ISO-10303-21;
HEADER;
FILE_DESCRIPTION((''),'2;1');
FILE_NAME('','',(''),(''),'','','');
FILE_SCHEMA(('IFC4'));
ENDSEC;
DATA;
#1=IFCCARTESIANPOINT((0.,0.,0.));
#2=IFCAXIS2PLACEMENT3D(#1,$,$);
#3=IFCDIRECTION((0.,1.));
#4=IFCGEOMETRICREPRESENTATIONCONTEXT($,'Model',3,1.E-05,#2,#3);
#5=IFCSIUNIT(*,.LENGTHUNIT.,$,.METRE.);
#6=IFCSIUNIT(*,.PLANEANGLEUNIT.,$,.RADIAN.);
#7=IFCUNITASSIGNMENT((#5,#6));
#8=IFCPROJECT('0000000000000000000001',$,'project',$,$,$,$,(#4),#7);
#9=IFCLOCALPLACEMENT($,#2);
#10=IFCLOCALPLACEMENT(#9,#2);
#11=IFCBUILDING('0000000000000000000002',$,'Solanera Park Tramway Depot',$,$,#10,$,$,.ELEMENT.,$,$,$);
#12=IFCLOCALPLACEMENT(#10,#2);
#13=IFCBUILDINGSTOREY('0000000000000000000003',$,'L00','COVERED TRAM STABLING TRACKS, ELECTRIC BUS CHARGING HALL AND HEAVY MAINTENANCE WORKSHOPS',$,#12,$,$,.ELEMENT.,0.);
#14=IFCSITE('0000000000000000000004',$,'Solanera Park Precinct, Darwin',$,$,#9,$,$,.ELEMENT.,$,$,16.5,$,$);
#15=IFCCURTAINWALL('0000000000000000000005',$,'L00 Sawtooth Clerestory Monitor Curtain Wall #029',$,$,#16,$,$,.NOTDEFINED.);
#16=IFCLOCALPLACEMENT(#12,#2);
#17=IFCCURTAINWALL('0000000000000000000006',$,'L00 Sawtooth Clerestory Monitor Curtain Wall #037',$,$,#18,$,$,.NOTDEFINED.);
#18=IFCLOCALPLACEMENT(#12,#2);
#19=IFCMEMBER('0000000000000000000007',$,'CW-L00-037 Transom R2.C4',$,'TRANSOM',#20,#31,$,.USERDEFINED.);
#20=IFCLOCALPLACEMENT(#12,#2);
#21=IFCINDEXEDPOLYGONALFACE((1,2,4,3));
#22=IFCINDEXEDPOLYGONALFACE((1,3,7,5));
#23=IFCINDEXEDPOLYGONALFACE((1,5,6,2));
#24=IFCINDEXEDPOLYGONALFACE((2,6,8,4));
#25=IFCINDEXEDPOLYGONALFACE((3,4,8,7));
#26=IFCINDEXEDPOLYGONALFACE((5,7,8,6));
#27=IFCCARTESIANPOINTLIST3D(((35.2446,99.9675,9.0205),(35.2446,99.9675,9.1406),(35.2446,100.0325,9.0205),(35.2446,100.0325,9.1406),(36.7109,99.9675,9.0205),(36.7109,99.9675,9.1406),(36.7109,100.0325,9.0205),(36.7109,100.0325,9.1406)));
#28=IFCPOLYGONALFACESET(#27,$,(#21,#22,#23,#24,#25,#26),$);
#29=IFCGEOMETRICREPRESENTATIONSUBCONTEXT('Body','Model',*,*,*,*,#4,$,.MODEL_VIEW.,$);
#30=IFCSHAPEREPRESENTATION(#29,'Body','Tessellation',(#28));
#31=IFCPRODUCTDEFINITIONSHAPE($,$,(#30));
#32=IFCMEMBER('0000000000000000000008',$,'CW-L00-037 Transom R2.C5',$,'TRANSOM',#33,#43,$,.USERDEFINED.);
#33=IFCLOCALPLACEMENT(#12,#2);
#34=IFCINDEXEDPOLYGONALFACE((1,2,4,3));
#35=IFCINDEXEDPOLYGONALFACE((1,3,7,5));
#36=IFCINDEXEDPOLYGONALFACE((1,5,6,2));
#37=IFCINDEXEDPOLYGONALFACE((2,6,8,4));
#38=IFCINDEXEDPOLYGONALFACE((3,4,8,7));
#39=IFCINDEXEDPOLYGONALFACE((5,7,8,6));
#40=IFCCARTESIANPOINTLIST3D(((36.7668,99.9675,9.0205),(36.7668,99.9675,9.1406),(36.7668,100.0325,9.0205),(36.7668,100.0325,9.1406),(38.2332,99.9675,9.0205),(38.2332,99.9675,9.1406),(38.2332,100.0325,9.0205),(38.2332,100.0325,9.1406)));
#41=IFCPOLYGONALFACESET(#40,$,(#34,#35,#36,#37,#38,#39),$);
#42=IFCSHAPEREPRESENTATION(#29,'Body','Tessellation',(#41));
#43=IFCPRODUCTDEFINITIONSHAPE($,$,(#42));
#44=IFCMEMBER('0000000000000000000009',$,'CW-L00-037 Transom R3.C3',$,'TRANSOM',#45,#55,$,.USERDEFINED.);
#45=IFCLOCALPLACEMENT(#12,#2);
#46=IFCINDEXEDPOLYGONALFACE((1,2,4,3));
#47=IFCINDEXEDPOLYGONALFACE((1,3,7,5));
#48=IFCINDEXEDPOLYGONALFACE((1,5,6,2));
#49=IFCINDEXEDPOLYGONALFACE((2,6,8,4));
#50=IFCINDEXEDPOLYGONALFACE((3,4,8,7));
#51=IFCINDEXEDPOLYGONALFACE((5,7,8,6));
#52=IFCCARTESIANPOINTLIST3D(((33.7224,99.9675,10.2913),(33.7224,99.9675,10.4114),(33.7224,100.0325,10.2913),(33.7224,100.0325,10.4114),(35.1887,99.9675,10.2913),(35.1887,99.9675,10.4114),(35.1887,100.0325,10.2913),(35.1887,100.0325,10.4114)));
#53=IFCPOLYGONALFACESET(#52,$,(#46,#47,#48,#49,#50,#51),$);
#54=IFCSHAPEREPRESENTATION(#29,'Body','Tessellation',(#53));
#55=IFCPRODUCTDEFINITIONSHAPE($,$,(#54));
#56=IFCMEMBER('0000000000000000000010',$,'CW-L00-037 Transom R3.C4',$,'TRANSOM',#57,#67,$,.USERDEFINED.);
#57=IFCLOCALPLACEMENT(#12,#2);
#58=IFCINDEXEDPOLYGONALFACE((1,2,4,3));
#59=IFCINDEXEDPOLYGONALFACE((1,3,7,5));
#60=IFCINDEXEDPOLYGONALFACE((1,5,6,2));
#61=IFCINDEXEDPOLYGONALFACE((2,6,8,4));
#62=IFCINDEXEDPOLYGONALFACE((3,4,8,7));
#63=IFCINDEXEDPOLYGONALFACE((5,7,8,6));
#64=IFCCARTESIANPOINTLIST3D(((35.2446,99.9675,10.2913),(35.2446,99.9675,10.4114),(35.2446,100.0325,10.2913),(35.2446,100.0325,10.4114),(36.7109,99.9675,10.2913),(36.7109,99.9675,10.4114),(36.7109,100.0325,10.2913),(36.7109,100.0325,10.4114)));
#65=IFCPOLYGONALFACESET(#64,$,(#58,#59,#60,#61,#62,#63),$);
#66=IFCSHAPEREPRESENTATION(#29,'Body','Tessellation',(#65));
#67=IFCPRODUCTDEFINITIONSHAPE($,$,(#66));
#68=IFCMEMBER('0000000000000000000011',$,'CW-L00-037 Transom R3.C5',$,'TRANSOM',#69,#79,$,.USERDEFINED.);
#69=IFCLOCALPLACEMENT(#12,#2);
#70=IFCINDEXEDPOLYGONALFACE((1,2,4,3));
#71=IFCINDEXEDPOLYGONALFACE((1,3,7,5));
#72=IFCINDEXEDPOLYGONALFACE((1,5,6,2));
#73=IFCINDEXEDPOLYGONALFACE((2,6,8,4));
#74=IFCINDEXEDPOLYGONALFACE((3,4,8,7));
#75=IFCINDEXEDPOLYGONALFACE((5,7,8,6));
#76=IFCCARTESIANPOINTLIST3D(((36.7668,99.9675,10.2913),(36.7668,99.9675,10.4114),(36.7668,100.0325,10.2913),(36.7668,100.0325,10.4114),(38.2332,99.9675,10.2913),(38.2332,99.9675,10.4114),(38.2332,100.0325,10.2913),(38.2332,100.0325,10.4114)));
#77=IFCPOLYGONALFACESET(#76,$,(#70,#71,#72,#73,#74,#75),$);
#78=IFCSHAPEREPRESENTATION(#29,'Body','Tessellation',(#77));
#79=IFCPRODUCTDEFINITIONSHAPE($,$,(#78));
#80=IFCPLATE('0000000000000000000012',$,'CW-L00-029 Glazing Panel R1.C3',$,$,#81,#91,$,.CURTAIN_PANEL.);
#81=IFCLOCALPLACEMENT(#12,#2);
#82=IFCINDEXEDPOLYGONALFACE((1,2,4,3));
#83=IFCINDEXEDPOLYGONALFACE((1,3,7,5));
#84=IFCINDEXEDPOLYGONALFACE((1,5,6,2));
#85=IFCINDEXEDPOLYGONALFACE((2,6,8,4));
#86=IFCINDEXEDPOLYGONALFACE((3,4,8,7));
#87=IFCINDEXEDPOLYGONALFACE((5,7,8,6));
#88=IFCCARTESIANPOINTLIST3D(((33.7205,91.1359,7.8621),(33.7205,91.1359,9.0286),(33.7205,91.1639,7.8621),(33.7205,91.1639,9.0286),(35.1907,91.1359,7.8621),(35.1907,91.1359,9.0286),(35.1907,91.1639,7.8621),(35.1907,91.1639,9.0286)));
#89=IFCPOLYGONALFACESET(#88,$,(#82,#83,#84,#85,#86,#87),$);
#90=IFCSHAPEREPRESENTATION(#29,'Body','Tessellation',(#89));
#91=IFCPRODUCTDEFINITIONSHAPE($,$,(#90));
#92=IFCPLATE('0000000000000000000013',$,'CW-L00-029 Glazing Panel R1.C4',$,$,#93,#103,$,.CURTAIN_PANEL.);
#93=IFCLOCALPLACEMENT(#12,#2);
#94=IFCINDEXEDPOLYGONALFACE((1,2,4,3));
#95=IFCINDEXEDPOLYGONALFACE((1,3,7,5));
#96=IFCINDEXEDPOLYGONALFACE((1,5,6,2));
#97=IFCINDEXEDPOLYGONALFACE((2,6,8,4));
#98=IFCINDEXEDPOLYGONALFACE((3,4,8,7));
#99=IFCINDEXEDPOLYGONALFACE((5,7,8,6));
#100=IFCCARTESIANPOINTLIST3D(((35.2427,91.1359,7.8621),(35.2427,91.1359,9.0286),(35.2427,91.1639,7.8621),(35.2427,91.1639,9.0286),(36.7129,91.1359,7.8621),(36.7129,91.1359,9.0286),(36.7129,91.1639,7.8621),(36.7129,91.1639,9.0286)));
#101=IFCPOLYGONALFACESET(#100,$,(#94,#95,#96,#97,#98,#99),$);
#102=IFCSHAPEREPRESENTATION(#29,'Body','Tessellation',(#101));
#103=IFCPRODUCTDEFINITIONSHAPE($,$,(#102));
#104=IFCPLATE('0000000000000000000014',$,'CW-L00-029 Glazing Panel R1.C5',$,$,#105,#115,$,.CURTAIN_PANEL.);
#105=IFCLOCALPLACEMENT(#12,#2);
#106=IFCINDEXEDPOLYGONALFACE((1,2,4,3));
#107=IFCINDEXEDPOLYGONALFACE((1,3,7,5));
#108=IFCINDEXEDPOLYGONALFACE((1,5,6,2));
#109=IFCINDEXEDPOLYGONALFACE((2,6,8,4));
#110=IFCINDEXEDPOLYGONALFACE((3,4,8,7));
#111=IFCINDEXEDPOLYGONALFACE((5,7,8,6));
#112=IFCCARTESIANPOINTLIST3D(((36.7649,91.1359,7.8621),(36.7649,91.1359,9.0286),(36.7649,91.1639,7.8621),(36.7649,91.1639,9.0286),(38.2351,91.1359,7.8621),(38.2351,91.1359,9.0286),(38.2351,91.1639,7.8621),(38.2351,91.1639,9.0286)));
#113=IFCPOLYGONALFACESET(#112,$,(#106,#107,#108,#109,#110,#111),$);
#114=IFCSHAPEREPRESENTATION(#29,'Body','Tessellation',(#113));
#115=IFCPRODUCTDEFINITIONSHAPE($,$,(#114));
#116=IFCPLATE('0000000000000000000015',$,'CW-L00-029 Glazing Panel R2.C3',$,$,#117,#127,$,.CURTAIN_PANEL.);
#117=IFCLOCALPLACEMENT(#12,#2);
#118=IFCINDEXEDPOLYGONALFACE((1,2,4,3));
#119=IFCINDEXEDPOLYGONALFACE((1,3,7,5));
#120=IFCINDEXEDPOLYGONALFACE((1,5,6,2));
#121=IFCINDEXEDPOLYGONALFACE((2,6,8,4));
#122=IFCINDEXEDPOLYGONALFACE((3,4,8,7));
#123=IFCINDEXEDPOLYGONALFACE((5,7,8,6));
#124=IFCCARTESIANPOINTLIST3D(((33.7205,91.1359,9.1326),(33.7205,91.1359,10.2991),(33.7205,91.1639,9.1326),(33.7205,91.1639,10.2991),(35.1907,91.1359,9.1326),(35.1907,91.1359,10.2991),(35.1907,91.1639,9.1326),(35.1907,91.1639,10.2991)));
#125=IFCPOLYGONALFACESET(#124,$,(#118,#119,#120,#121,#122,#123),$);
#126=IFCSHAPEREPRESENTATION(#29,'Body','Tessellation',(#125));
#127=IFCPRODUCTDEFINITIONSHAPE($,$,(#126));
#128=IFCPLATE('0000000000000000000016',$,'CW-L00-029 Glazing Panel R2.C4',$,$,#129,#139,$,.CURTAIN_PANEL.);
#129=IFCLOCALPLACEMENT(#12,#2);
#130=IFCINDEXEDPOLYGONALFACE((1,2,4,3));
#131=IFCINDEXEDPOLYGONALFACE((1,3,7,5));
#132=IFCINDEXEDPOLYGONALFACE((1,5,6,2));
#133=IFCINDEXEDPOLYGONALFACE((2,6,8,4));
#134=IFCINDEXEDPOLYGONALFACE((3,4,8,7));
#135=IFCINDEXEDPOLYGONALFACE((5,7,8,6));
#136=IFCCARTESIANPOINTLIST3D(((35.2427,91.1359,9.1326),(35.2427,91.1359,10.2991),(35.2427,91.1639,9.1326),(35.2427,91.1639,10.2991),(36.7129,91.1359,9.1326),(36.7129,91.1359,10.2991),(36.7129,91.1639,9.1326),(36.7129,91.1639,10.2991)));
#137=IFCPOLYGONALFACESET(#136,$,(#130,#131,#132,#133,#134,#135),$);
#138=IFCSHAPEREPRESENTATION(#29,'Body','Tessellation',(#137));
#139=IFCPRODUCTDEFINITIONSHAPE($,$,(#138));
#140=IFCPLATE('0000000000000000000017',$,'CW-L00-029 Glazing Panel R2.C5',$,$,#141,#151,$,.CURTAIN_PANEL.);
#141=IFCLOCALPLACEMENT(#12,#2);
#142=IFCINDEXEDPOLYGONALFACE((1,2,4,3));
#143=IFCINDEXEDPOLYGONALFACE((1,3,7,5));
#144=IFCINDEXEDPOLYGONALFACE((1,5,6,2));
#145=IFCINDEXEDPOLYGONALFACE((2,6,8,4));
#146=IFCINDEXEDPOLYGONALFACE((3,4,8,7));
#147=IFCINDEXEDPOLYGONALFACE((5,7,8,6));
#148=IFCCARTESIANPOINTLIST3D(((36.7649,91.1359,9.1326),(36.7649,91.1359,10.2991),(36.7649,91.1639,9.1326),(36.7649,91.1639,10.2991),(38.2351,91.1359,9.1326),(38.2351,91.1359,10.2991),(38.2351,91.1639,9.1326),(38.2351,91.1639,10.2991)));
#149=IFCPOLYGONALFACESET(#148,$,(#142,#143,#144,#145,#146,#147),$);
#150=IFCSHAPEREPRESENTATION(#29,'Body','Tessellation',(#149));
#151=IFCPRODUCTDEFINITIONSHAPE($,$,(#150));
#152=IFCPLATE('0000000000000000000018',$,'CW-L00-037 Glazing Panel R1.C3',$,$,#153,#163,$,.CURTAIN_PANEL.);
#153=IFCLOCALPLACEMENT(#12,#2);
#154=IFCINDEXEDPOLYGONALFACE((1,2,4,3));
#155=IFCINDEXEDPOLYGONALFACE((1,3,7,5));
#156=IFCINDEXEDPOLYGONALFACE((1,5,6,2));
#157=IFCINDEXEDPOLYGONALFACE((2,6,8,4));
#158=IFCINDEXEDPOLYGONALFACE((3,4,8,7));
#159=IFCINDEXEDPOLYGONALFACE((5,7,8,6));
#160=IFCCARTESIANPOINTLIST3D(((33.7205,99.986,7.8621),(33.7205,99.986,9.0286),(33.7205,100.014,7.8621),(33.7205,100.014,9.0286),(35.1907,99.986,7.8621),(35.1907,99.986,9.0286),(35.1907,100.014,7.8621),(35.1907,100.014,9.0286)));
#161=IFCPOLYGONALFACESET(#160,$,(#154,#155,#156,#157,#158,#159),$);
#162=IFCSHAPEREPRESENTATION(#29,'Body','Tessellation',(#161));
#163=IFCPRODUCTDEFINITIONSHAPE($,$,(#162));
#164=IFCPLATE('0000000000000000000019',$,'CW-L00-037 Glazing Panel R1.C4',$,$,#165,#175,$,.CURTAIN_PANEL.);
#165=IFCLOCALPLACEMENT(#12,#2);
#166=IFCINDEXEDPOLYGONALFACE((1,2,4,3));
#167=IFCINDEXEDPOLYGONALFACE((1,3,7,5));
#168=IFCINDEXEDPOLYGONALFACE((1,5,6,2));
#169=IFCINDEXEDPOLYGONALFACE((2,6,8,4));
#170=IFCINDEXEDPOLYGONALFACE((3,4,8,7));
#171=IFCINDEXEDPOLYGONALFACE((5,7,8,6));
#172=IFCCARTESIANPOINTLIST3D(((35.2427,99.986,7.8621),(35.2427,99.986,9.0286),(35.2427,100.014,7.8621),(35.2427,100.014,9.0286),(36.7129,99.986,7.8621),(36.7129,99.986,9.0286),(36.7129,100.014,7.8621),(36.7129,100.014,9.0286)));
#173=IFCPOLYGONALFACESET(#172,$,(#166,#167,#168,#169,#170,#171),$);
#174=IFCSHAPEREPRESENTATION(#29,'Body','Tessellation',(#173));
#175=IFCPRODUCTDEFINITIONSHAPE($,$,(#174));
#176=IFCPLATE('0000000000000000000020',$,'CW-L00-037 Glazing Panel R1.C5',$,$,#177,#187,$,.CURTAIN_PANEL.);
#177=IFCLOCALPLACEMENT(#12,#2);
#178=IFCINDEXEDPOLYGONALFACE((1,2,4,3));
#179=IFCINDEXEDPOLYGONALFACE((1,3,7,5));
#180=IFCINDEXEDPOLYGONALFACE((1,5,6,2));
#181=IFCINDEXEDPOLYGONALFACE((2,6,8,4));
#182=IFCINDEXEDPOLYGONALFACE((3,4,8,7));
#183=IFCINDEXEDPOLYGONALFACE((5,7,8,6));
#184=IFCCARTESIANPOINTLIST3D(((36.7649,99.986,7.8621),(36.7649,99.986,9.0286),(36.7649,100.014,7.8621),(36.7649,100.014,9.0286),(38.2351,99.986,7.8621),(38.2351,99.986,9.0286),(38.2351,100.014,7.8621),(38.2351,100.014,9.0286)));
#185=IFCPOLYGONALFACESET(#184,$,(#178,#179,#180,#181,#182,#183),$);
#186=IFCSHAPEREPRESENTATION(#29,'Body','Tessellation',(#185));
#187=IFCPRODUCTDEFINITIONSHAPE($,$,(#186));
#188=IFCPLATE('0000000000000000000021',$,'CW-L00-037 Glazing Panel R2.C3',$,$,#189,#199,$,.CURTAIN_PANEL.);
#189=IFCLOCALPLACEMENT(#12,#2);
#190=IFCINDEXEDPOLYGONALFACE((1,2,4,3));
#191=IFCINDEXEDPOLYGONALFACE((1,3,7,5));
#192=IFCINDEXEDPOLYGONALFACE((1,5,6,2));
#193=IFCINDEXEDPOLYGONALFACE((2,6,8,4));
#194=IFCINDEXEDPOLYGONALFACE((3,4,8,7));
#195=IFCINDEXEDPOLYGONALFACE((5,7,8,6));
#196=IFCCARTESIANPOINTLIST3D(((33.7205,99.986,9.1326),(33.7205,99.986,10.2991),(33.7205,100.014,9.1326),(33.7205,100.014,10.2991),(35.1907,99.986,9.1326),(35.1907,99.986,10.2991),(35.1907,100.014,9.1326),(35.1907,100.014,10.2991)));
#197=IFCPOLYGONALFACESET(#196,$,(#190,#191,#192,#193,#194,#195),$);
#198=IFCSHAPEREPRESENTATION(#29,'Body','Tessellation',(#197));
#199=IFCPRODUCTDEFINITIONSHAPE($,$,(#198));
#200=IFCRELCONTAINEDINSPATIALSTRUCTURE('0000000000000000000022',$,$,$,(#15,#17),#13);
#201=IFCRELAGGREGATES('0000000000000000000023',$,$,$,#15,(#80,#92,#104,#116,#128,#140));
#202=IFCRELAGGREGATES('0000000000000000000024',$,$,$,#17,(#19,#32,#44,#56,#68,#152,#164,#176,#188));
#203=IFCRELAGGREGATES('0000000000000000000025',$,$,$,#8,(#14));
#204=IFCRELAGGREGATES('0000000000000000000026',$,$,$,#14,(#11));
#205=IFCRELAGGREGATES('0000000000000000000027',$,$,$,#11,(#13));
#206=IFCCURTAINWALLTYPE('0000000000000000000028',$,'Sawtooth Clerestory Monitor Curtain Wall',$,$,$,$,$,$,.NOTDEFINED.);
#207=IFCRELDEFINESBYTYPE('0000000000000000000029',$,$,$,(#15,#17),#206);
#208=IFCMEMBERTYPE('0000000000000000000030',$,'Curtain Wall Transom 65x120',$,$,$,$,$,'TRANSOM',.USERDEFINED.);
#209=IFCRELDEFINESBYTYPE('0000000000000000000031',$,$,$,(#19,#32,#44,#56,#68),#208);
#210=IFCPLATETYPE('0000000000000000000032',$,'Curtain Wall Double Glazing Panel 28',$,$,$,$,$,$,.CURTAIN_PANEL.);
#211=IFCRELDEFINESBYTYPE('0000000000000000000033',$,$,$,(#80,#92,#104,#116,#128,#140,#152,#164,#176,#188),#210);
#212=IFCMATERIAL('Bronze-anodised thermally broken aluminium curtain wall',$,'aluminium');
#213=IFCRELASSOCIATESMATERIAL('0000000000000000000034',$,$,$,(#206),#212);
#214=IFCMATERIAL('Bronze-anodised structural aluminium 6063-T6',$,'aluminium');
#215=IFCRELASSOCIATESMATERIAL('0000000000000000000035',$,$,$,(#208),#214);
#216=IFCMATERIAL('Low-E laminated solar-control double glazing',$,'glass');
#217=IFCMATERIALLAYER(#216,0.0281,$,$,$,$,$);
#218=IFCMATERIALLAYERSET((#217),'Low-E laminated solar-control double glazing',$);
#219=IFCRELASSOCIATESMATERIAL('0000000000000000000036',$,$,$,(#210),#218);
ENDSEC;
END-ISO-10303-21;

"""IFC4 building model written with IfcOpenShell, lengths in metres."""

from ifc_helpers import new_model, si_unit, direction, frame, origin, origin_2d, place, context, subcontext, project, spatial, rectangle, extrude, material, layer, layer_set, material_profile, profile_set, type_object, element, aggregate, save


model = new_model("IFC4")

# Units and contexts
model_context = context("Model", 3, precision=1e-05, world=origin(), true_north=direction((0.0, 1.0)))
body_context = subcontext(model_context, "Body", "Model", "MODEL_VIEW")
ifc_project = project(units=[si_unit("LENGTHUNIT", "METRE"), si_unit("PLANEANGLEUNIT", "RADIAN")], contexts=[model_context])

# Site, building, storey
site_placement = place(None, origin())
site = spatial("IfcSite", under=ifc_project, at=site_placement, Name="Solanera Park Precinct, Darwin", CompositionType="ELEMENT", RefElevation=16.5)
building_placement = place(site_placement, origin())
building = spatial("IfcBuilding", under=site, at=building_placement, Name="Solanera Park Tramway Depot", CompositionType="ELEMENT")
storey_placement = place(building_placement, origin())
storey = spatial("IfcBuildingStorey", under=building, at=storey_placement, Name="L00", Description="COVERED TRAM STABLING TRACKS, ELECTRIC BUS CHARGING HALL AND HEAVY MAINTENANCE WORKSHOPS", CompositionType="ELEMENT", Elevation=0.0)

# Curtain walls
ifc_material_1 = material(Name="Bronze-anodised thermally broken aluminium curtain wall", Category="aluminium")
curtain_wall_type = type_object("IfcCurtainWallType", Name="Sawtooth Clerestory Monitor Curtain Wall", PredefinedType="NOTDEFINED", material=ifc_material_1)
curtain_wall_1_placement = place(storey_placement, origin())
curtain_wall_1 = element("IfcCurtainWall", 1, at=curtain_wall_1_placement, inside=storey, type_object=curtain_wall_type, Name="L00 Sawtooth Clerestory Monitor Curtain Wall #029", PredefinedType="NOTDEFINED")
curtain_wall_2_placement = place(storey_placement, origin())
curtain_wall_2 = element("IfcCurtainWall", 2, at=curtain_wall_2_placement, inside=storey, type_object=curtain_wall_type, Name="L00 Sawtooth Clerestory Monitor Curtain Wall #037", PredefinedType="NOTDEFINED")

# Members
ifc_material_2 = material(Name="Bronze-anodised structural aluminium 6063-T6", Category="aluminium")
ifc_material_profile_1 = material_profile(ifc_material_2, rectangle(XDim=0.0649, YDim=0.1201, at=origin_2d()), Name="Curtain Wall Transom 65x120")
ifc_profile_set_1 = profile_set([ifc_material_profile_1], Name="Bronze-anodised structural aluminium 6063-T6")
member_type_1 = type_object("IfcMemberType", Name="Curtain Wall Transom 65x120", ElementType="TRANSOM", PredefinedType="USERDEFINED", material=ifc_profile_set_1)
member_1_placement = place(storey_placement, frame((35.2446, 100.0, 9.0806), z_axis=(1.0, 0.0, 0.0), x_axis=(0.0, 1.0, 0.0)))
member_1 = element("IfcMember", 3, at=member_1_placement, type_object=member_type_1, Name="CW-L00-037 Transom R2.C4", ObjectType="TRANSOM", PredefinedType="USERDEFINED", context=body_context, shape_type="SweptSolid", body=[
    extrude(rectangle(XDim=0.0649, YDim=0.1201, at=origin_2d()), origin(), (0.0, 0.0, 1.0), 1.4663),
])
member_2_placement = place(storey_placement, frame((36.7668, 100.0, 9.0806), z_axis=(1.0, 0.0, 0.0), x_axis=(0.0, 1.0, 0.0)))
member_2 = element("IfcMember", 4, at=member_2_placement, type_object=member_type_1, Name="CW-L00-037 Transom R2.C5", ObjectType="TRANSOM", PredefinedType="USERDEFINED", context=body_context, shape_type="SweptSolid", body=[
    extrude(rectangle(XDim=0.0649, YDim=0.1201, at=origin_2d()), origin(), (0.0, 0.0, 1.0), 1.4663),
])
member_3_placement = place(storey_placement, frame((33.7224, 100.0, 10.3513), z_axis=(1.0, 0.0, 0.0), x_axis=(0.0, 1.0, 0.0)))
member_3 = element("IfcMember", 5, at=member_3_placement, type_object=member_type_1, Name="CW-L00-037 Transom R3.C3", ObjectType="TRANSOM", PredefinedType="USERDEFINED", context=body_context, shape_type="SweptSolid", body=[
    extrude(rectangle(XDim=0.0649, YDim=0.1201, at=origin_2d()), origin(), (0.0, 0.0, 1.0), 1.4663),
])
member_4_placement = place(storey_placement, frame((35.2446, 100.0, 10.3513), z_axis=(1.0, 0.0, 0.0), x_axis=(0.0, 1.0, 0.0)))
member_4 = element("IfcMember", 6, at=member_4_placement, type_object=member_type_1, Name="CW-L00-037 Transom R3.C4", ObjectType="TRANSOM", PredefinedType="USERDEFINED", context=body_context, shape_type="SweptSolid", body=[
    extrude(rectangle(XDim=0.0649, YDim=0.1201, at=origin_2d()), origin(), (0.0, 0.0, 1.0), 1.4663),
])
member_5_placement = place(storey_placement, frame((36.7668, 100.0, 10.3513), z_axis=(1.0, 0.0, 0.0), x_axis=(0.0, 1.0, 0.0)))
member_5 = element("IfcMember", 7, at=member_5_placement, type_object=member_type_1, Name="CW-L00-037 Transom R3.C5", ObjectType="TRANSOM", PredefinedType="USERDEFINED", context=body_context, shape_type="SweptSolid", body=[
    extrude(rectangle(XDim=0.0649, YDim=0.1201, at=origin_2d()), origin(), (0.0, 0.0, 1.0), 1.4663),
])

# Plates
ifc_material_3 = material(Name="Low-E laminated solar-control double glazing", Category="glass")
ifc_layer = layer(ifc_material_3, 0.0281)
ifc_layer_set = layer_set([ifc_layer], Name="Low-E laminated solar-control double glazing")
plate_type = type_object("IfcPlateType", Name="Curtain Wall Double Glazing Panel 28", PredefinedType="CURTAIN_PANEL", material=ifc_layer_set)
plate_1_placement = place(storey_placement, frame((34.4556, 91.1499, 7.8621), z_axis=(0.0, 0.0, 1.0), x_axis=(1.0, 0.0, 0.0)))
plate_1 = element("IfcPlate", 8, at=plate_1_placement, type_object=plate_type, Name="CW-L00-029 Glazing Panel R1.C3", PredefinedType="CURTAIN_PANEL", context=body_context, shape_type="SweptSolid", body=[
    extrude(rectangle(XDim=1.4702, YDim=0.0281, at=origin_2d()), origin(), (0.0, 0.0, 1.0), 1.1665),
])
plate_2_placement = place(storey_placement, frame((35.9778, 91.1499, 7.8621), z_axis=(0.0, 0.0, 1.0), x_axis=(1.0, 0.0, 0.0)))
plate_2 = element("IfcPlate", 9, at=plate_2_placement, type_object=plate_type, Name="CW-L00-029 Glazing Panel R1.C4", PredefinedType="CURTAIN_PANEL", context=body_context, shape_type="SweptSolid", body=[
    extrude(rectangle(XDim=1.4702, YDim=0.0281, at=origin_2d()), origin(), (0.0, 0.0, 1.0), 1.1665),
])
plate_3_placement = place(storey_placement, frame((37.5, 91.1499, 7.8621), z_axis=(0.0, 0.0, 1.0), x_axis=(1.0, 0.0, 0.0)))
plate_3 = element("IfcPlate", 10, at=plate_3_placement, type_object=plate_type, Name="CW-L00-029 Glazing Panel R1.C5", PredefinedType="CURTAIN_PANEL", context=body_context, shape_type="SweptSolid", body=[
    extrude(rectangle(XDim=1.4702, YDim=0.0281, at=origin_2d()), origin(), (0.0, 0.0, 1.0), 1.1665),
])
plate_4_placement = place(storey_placement, frame((34.4556, 91.1499, 9.1326), z_axis=(0.0, 0.0, 1.0), x_axis=(1.0, 0.0, 0.0)))
plate_4 = element("IfcPlate", 11, at=plate_4_placement, type_object=plate_type, Name="CW-L00-029 Glazing Panel R2.C3", PredefinedType="CURTAIN_PANEL", context=body_context, shape_type="SweptSolid", body=[
    extrude(rectangle(XDim=1.4702, YDim=0.0281, at=origin_2d()), origin(), (0.0, 0.0, 1.0), 1.1665),
])
plate_5_placement = place(storey_placement, frame((35.9778, 91.1499, 9.1326), z_axis=(0.0, 0.0, 1.0), x_axis=(1.0, 0.0, 0.0)))
plate_5 = element("IfcPlate", 12, at=plate_5_placement, type_object=plate_type, Name="CW-L00-029 Glazing Panel R2.C4", PredefinedType="CURTAIN_PANEL", context=body_context, shape_type="SweptSolid", body=[
    extrude(rectangle(XDim=1.4702, YDim=0.0281, at=origin_2d()), origin(), (0.0, 0.0, 1.0), 1.1665),
])
plate_6_placement = place(storey_placement, frame((37.5, 91.1499, 9.1326), z_axis=(0.0, 0.0, 1.0), x_axis=(1.0, 0.0, 0.0)))
plate_6 = element("IfcPlate", 13, at=plate_6_placement, type_object=plate_type, Name="CW-L00-029 Glazing Panel R2.C5", PredefinedType="CURTAIN_PANEL", context=body_context, shape_type="SweptSolid", body=[
    extrude(rectangle(XDim=1.4702, YDim=0.0281, at=origin_2d()), origin(), (0.0, 0.0, 1.0), 1.1665),
])
aggregate(curtain_wall_1, [plate_1, plate_2, plate_3, plate_4, plate_5, plate_6])
plate_7_placement = place(storey_placement, frame((34.4556, 100.0, 7.8621), z_axis=(0.0, 0.0, 1.0), x_axis=(1.0, 0.0, 0.0)))
plate_7 = element("IfcPlate", 14, at=plate_7_placement, type_object=plate_type, Name="CW-L00-037 Glazing Panel R1.C3", PredefinedType="CURTAIN_PANEL", context=body_context, shape_type="SweptSolid", body=[
    extrude(rectangle(XDim=1.4702, YDim=0.0281, at=origin_2d()), origin(), (0.0, 0.0, 1.0), 1.1665),
])
plate_8_placement = place(storey_placement, frame((35.9778, 100.0, 7.8621), z_axis=(0.0, 0.0, 1.0), x_axis=(1.0, 0.0, 0.0)))
plate_8 = element("IfcPlate", 15, at=plate_8_placement, type_object=plate_type, Name="CW-L00-037 Glazing Panel R1.C4", PredefinedType="CURTAIN_PANEL", context=body_context, shape_type="SweptSolid", body=[
    extrude(rectangle(XDim=1.4702, YDim=0.0281, at=origin_2d()), origin(), (0.0, 0.0, 1.0), 1.1665),
])
plate_9_placement = place(storey_placement, frame((37.5, 100.0, 7.8621), z_axis=(0.0, 0.0, 1.0), x_axis=(1.0, 0.0, 0.0)))
plate_9 = element("IfcPlate", 16, at=plate_9_placement, type_object=plate_type, Name="CW-L00-037 Glazing Panel R1.C5", PredefinedType="CURTAIN_PANEL", context=body_context, shape_type="SweptSolid", body=[
    extrude(rectangle(XDim=1.4702, YDim=0.0281, at=origin_2d()), origin(), (0.0, 0.0, 1.0), 1.1665),
])
plate_10_placement = place(storey_placement, frame((34.4556, 100.0, 9.1326), z_axis=(0.0, 0.0, 1.0), x_axis=(1.0, 0.0, 0.0)))
plate_10 = element("IfcPlate", 17, at=plate_10_placement, type_object=plate_type, Name="CW-L00-037 Glazing Panel R2.C3", PredefinedType="CURTAIN_PANEL", context=body_context, shape_type="SweptSolid", body=[
    extrude(rectangle(XDim=1.4702, YDim=0.0281, at=origin_2d()), origin(), (0.0, 0.0, 1.0), 1.1665),
])
aggregate(curtain_wall_2, [member_1, member_2, member_3, member_4, member_5, plate_7, plate_8, plate_9, plate_10])

save(model, "model.ifc")
